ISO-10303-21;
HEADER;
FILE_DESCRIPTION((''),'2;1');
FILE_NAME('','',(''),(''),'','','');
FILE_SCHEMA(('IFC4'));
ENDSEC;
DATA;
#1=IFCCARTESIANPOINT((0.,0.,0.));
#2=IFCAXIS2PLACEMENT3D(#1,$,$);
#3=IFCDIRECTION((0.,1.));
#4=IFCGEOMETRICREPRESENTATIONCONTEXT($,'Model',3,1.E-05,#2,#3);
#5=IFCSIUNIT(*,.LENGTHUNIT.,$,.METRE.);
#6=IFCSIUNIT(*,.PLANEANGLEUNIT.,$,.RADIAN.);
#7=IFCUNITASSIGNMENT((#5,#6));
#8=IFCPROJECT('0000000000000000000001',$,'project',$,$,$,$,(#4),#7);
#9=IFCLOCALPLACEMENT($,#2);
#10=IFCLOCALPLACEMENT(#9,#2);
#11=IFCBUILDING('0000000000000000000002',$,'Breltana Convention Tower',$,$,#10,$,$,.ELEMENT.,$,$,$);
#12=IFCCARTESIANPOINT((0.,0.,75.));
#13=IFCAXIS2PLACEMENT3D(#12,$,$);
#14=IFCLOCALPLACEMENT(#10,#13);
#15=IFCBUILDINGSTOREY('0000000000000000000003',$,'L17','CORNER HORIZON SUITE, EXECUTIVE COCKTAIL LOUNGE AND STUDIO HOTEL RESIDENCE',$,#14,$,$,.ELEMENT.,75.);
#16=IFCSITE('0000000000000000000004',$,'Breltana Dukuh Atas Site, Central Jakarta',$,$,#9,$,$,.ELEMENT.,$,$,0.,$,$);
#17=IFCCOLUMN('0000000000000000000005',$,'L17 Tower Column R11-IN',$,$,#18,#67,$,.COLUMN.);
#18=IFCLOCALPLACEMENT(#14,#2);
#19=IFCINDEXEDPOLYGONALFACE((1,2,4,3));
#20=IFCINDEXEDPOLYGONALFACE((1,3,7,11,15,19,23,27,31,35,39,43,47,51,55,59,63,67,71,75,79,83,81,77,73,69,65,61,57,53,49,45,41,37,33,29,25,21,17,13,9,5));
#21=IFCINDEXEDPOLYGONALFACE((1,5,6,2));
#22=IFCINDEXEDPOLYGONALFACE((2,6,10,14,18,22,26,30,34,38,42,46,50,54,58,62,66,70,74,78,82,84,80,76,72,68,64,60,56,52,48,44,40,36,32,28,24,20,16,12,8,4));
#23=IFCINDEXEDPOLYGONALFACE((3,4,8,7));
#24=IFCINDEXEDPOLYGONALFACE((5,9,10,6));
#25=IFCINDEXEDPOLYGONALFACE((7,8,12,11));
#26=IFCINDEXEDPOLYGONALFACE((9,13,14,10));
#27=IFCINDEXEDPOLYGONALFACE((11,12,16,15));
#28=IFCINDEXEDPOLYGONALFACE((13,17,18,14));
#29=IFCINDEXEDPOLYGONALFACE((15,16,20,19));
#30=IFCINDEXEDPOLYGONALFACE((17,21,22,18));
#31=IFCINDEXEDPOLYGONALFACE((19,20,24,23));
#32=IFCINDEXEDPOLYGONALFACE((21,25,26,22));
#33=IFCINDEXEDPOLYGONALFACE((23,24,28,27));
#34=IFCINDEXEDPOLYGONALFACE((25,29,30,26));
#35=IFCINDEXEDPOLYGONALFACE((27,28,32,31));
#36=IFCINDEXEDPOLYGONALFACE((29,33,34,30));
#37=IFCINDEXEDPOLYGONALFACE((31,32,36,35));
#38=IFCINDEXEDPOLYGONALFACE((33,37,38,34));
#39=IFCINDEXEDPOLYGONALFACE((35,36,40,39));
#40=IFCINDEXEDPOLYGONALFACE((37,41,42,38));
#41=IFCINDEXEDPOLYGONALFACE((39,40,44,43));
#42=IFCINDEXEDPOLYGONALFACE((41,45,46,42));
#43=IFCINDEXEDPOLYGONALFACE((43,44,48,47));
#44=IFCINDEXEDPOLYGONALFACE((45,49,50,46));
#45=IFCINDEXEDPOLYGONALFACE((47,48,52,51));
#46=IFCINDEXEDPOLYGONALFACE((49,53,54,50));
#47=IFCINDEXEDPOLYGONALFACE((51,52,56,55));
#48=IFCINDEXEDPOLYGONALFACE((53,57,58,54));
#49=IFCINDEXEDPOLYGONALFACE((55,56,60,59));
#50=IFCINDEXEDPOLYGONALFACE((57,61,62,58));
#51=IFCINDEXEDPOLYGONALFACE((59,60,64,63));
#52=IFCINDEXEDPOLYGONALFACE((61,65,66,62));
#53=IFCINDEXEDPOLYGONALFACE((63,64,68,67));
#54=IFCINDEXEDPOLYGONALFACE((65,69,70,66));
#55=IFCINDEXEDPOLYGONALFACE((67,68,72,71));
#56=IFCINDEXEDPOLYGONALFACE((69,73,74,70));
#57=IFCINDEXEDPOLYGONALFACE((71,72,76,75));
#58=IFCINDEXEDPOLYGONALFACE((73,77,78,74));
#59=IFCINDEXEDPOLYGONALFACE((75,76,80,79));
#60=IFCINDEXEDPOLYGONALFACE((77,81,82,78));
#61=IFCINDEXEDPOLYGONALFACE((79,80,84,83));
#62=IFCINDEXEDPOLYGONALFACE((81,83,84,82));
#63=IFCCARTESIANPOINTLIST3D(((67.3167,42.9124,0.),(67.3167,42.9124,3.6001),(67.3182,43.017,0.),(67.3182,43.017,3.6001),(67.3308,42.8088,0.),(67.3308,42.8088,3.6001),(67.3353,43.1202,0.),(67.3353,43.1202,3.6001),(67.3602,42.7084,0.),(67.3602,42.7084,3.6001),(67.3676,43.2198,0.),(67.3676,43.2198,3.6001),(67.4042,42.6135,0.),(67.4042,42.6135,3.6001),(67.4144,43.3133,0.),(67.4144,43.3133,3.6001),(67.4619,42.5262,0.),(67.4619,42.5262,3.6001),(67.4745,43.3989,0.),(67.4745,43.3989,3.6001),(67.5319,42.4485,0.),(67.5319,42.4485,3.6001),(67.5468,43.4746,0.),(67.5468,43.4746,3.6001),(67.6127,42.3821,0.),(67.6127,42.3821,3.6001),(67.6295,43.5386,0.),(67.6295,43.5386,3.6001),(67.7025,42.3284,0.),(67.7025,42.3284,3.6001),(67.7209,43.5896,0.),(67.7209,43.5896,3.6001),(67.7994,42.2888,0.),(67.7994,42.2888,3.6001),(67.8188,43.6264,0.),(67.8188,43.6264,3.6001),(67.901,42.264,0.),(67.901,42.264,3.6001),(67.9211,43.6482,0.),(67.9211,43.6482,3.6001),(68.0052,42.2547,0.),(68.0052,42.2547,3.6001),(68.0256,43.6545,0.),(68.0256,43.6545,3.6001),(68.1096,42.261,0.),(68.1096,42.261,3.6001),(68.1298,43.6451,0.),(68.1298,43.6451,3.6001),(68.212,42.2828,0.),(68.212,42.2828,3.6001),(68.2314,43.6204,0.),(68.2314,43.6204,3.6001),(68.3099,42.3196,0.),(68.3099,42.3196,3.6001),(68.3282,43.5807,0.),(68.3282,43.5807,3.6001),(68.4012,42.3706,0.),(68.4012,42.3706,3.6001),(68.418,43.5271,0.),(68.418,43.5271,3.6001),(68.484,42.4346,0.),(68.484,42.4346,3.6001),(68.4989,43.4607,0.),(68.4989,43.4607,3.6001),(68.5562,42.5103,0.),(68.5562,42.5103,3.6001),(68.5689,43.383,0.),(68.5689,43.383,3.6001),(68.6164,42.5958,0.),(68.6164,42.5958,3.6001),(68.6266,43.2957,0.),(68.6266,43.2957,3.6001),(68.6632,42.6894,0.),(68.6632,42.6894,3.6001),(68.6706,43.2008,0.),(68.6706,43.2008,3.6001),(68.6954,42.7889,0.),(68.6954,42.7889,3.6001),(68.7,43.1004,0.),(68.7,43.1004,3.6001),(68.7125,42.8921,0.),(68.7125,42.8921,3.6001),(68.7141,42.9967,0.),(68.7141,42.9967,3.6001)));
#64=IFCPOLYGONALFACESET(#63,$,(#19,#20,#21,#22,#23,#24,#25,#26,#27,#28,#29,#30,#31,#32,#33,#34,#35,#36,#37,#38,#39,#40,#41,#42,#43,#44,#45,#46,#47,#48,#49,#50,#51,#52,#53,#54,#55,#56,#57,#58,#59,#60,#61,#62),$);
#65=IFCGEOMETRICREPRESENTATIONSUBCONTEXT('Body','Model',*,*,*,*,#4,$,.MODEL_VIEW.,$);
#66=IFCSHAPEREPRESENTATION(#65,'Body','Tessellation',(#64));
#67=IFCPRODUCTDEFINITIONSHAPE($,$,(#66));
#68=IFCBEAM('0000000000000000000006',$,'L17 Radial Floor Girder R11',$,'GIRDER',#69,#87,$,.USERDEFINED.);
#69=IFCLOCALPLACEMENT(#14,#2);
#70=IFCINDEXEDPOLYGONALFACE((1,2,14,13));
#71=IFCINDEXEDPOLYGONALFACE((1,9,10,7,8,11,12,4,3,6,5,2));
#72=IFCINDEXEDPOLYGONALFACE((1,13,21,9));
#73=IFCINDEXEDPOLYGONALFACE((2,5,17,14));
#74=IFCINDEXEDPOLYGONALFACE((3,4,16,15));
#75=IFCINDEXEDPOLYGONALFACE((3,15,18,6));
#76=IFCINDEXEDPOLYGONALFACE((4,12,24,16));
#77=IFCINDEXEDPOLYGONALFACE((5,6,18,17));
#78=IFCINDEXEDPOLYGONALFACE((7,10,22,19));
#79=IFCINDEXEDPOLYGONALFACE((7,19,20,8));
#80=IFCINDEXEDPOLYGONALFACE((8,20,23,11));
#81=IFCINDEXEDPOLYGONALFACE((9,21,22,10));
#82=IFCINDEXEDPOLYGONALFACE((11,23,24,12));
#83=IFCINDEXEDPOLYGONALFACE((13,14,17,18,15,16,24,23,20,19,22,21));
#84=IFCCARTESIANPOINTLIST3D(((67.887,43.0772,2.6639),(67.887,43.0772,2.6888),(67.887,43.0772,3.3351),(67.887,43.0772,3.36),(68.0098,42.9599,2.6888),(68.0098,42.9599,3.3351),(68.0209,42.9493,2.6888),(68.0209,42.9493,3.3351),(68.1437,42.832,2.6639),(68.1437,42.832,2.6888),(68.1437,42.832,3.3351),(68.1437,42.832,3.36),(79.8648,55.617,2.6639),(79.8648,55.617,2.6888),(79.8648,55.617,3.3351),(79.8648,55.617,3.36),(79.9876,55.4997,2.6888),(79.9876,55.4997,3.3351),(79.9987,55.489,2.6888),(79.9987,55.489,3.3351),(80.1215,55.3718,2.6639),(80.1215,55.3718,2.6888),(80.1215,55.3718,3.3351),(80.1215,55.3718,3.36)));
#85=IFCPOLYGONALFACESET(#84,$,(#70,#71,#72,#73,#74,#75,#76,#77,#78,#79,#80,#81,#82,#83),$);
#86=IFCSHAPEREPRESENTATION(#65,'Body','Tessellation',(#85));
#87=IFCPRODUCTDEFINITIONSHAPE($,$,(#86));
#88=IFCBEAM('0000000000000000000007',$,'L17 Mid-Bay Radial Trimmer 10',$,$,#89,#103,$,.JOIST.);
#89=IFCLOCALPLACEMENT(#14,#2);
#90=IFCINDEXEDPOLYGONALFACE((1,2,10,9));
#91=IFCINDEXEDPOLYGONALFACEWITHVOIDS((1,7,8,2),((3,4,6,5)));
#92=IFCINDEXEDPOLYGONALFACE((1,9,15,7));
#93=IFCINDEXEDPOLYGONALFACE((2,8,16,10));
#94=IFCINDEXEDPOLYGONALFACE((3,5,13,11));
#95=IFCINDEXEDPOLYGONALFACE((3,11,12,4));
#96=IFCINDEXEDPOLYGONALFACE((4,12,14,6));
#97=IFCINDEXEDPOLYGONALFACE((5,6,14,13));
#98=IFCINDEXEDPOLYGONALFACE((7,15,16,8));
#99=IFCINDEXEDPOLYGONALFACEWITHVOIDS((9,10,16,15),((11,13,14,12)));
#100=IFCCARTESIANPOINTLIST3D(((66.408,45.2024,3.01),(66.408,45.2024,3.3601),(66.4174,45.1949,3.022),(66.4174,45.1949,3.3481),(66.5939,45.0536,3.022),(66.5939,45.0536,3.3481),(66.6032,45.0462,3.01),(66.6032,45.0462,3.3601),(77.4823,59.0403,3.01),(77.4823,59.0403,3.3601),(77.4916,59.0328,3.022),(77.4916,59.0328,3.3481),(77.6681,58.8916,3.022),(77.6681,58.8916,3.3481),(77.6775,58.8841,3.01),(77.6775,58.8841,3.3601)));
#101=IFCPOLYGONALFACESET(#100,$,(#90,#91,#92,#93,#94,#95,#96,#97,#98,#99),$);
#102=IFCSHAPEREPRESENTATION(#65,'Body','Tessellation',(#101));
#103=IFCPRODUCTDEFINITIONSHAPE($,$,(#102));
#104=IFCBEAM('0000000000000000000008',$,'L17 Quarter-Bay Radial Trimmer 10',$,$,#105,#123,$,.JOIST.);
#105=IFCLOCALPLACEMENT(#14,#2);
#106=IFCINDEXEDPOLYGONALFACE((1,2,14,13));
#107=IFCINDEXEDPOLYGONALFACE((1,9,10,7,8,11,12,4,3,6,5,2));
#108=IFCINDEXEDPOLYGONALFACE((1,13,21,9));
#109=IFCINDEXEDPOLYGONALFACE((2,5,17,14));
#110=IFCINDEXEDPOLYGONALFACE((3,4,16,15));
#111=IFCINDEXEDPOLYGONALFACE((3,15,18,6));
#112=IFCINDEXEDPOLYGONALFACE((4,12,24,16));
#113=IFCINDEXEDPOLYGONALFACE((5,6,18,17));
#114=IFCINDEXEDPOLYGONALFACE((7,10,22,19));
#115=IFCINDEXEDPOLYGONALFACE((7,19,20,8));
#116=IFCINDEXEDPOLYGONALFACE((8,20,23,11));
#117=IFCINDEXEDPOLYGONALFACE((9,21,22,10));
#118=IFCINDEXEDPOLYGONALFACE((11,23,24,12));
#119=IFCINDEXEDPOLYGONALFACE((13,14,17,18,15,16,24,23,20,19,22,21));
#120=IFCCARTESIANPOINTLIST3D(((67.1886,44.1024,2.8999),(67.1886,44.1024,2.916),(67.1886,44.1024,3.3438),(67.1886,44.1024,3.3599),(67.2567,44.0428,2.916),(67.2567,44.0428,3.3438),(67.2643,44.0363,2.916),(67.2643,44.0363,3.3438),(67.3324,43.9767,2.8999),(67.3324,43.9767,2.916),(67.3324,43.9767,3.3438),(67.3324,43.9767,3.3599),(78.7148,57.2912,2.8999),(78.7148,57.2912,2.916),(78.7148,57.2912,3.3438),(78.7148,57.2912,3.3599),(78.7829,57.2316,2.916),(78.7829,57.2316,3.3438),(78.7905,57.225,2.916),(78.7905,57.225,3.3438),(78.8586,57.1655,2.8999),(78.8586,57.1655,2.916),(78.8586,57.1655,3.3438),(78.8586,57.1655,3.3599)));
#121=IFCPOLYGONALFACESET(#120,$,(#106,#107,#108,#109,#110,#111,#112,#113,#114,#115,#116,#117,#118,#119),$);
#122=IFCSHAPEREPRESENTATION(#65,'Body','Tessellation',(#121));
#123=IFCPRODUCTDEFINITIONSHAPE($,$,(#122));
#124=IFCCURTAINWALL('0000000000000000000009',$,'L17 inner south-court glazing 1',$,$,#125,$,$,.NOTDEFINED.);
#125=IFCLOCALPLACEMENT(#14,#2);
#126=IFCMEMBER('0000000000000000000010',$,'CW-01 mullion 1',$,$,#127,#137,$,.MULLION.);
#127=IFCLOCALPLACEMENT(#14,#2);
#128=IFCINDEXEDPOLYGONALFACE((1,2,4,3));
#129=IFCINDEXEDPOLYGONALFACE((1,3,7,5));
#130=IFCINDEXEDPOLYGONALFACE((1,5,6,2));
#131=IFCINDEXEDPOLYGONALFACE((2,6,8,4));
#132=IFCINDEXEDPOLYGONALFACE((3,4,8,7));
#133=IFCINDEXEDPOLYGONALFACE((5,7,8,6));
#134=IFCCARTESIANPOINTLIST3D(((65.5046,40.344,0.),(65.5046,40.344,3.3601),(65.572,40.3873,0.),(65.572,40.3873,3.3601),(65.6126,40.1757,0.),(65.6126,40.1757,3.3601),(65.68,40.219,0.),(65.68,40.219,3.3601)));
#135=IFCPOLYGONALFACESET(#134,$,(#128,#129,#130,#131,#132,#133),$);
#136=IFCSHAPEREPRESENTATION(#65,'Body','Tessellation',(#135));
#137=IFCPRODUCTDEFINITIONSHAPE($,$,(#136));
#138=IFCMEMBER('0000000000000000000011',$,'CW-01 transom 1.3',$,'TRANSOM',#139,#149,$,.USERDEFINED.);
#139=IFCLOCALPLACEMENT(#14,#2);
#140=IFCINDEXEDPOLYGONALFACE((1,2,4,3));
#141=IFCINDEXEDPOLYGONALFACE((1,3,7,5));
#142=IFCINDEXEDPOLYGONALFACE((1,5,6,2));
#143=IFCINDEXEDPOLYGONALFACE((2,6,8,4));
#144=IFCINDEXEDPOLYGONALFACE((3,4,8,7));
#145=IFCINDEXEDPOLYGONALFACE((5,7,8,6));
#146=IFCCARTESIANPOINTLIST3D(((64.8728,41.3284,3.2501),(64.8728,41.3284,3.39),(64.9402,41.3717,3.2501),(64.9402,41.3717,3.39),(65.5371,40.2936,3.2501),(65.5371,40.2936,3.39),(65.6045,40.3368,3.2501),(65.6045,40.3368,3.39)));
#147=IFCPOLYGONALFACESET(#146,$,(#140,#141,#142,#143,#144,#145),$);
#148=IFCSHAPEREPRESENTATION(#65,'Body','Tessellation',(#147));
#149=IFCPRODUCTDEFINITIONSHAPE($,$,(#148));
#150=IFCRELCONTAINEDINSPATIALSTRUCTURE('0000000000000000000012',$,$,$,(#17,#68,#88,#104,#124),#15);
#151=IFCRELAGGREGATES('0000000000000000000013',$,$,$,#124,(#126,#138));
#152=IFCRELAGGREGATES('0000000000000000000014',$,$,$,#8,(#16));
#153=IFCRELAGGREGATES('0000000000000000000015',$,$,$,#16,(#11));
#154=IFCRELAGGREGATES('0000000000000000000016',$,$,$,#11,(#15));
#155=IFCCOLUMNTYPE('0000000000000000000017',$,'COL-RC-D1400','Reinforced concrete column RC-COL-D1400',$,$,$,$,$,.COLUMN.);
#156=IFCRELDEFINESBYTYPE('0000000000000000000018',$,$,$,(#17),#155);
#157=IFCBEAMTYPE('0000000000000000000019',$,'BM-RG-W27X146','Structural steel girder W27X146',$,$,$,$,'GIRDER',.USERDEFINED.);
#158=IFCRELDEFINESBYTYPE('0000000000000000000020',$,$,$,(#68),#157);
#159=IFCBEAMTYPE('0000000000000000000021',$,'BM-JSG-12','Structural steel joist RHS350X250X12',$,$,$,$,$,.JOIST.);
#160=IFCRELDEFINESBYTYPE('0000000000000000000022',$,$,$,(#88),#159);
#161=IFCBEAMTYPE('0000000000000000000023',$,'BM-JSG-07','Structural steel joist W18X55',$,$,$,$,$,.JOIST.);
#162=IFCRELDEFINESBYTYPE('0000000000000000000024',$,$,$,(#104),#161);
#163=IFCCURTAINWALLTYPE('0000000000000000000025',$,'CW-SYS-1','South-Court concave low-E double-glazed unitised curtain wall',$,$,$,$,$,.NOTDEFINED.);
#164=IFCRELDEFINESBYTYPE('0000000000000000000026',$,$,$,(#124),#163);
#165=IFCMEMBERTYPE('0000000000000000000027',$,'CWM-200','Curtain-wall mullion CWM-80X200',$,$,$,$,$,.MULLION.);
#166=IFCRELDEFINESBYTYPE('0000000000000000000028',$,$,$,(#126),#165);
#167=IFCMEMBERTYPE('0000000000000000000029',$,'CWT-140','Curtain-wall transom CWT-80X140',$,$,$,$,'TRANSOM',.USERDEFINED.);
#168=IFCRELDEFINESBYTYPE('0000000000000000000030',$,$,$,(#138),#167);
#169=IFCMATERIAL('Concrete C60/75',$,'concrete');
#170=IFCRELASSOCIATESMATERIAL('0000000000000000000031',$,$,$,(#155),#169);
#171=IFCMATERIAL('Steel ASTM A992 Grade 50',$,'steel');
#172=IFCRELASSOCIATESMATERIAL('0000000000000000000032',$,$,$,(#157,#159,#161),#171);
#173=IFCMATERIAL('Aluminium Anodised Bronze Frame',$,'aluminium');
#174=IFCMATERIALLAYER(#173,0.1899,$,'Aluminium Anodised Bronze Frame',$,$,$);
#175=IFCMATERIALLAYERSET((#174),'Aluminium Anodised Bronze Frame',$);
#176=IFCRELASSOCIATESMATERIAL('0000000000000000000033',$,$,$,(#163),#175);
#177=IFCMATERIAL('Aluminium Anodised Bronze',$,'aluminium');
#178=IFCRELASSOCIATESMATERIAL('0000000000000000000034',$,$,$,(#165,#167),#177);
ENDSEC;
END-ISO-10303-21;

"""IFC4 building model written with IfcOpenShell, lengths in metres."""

from ifc_helpers import new_model, si_unit, direction, frame, origin, origin_2d, place, context, subcontext, project, spatial, rectangle, hollow_rectangle, circle, i_section, extrude, source, transform, mapped, material, layer, layer_set, material_profile, profile_set, type_object, type_shapes, element, aggregate, save


model = new_model("IFC4")

# Units and contexts
model_context = context("Model", 3, precision=1e-05, world=origin(), true_north=direction((0.0, 1.0)))
body_context = subcontext(model_context, "Body", "Model", "MODEL_VIEW")
ifc_project = project(units=[si_unit("LENGTHUNIT", "METRE"), si_unit("PLANEANGLEUNIT", "RADIAN")], contexts=[model_context])

# Site, building, storey
site_placement = place(None, origin())
site = spatial("IfcSite", under=ifc_project, at=site_placement, Name="Breltana Dukuh Atas Site, Central Jakarta", CompositionType="ELEMENT", RefElevation=0.0)
building_placement = place(site_placement, origin())
building = spatial("IfcBuilding", under=site, at=building_placement, Name="Breltana Convention Tower", CompositionType="ELEMENT")
storey_placement = place(building_placement, frame((0.0, 0.0, 75.0)))
storey = spatial("IfcBuildingStorey", under=building, at=storey_placement, Name="L17", Description="CORNER HORIZON SUITE, EXECUTIVE COCKTAIL LOUNGE AND STUDIO HOTEL RESIDENCE", CompositionType="ELEMENT", Elevation=75.0)

# Column
ifc_material_1 = material(Name="Concrete C60/75", Category="concrete")
ifc_material_profile_1 = material_profile(ifc_material_1, circle(Radius=0.7, at=origin_2d()), Name="RC-COL-D1400")
ifc_profile_set_1 = profile_set([ifc_material_profile_1], Name="Concrete C60/75")
column_type = type_object("IfcColumnType", Name="COL-RC-D1400", Description="Reinforced concrete column RC-COL-D1400", PredefinedType="COLUMN", material=ifc_profile_set_1)
shared_shape_1 = source(origin(), body_context, "Body", "SweptSolid", [
    extrude(circle(Radius=0.7, at=origin_2d()), origin(), (0.0, 0.0, 1.0), 3.6001),
])
column_placement = place(storey_placement, frame((68.0154, 42.9546, 0.0), z_axis=(0.0, 0.0, 1.0), x_axis=(0.690756, 0.723088, 0.0)))
element("IfcColumn", 1, at=column_placement, inside=storey, type_object=column_type, Name="L17 Tower Column R11-IN", PredefinedType="COLUMN", context=body_context, shape_type="MappedRepresentation", body=[
    mapped(shared_shape_1, transform((0.0, 0.0, 0.0), scale=1.0)),
])

# Beams
ifc_material_2 = material(Name="Steel ASTM A992 Grade 50", Category="steel")
ifc_material_profile_2 = material_profile(ifc_material_2, i_section(OverallWidth=0.355, OverallDepth=0.696, WebThickness=0.0154, FlangeThickness=0.0249, at=origin_2d()), Name="W27X146")
ifc_profile_set_2 = profile_set([ifc_material_profile_2], Name="Steel ASTM A992 Grade 50")
beam_type_1 = type_object("IfcBeamType", Name="BM-RG-W27X146", Description="Structural steel girder W27X146", ElementType="GIRDER", PredefinedType="USERDEFINED", material=ifc_profile_set_2)
shared_shape_2 = source(origin(), body_context, "Body", "SweptSolid", [
    extrude(i_section(OverallWidth=0.355, OverallDepth=0.696, WebThickness=0.0154, FlangeThickness=0.0249, at=origin_2d()), origin(), (0.0, 0.0, 1.0), 17.3411),
])
type_shapes(beam_type_1, [shared_shape_2])
beam_1_placement = place(storey_placement, frame((68.0154, 42.9546, 3.012), z_axis=(0.690716, 0.723126, 0.0), x_axis=(-0.723126, 0.690716, 0.0)))
element("IfcBeam", 2, at=beam_1_placement, inside=storey, type_object=beam_type_1, Name="L17 Radial Floor Girder R11", ObjectType="GIRDER", PredefinedType="USERDEFINED", context=body_context, shape_type="MappedRepresentation", body=[
    mapped(shared_shape_2, transform((0.0, 0.0, 0.0), scale=1.0)),
])
ifc_material_profile_3 = material_profile(ifc_material_2, hollow_rectangle(XDim=0.25, YDim=0.3501, WallThickness=0.012, at=origin_2d()), Name="RHS350X250X12")
ifc_profile_set_3 = profile_set([ifc_material_profile_3], Name="Steel ASTM A992 Grade 50")
beam_type_2 = type_object("IfcBeamType", Name="BM-JSG-12", Description="Structural steel joist RHS350X250X12", PredefinedType="JOIST", material=ifc_profile_set_3)
shared_shape_3 = source(origin(), body_context, "Body", "SweptSolid", [
    extrude(hollow_rectangle(XDim=0.25, YDim=0.3501, WallThickness=0.012, at=origin_2d()), origin(), (0.0, 0.0, 1.0), 17.7236),
])
beam_2_placement = place(storey_placement, frame((66.5056, 45.1243, 3.1851), z_axis=(0.624829, 0.780761, 0.0), x_axis=(-0.780761, 0.624829, 0.0)))
element("IfcBeam", 3, at=beam_2_placement, inside=storey, type_object=beam_type_2, Name="L17 Mid-Bay Radial Trimmer 10", PredefinedType="JOIST", context=body_context, shape_type="MappedRepresentation", body=[
    mapped(shared_shape_3, transform((0.0, 0.0, 0.0), scale=1.0)),
])
ifc_material_profile_4 = material_profile(ifc_material_2, i_section(OverallWidth=0.1909, OverallDepth=0.46, WebThickness=0.01, FlangeThickness=0.0161, at=origin_2d()), Name="W18X55")
ifc_profile_set_4 = profile_set([ifc_material_profile_4], Name="Steel ASTM A992 Grade 50")
beam_type_3 = type_object("IfcBeamType", Name="BM-JSG-07", Description="Structural steel joist W18X55", PredefinedType="JOIST", material=ifc_profile_set_4)
shared_shape_4 = source(origin(), body_context, "Body", "SweptSolid", [
    extrude(i_section(OverallWidth=0.1909, OverallDepth=0.46, WebThickness=0.01, FlangeThickness=0.0161, at=origin_2d()), origin(), (0.0, 0.0, 1.0), 17.5156),
])
beam_3_placement = place(storey_placement, frame((67.2605, 44.0396, 3.1299), z_axis=(0.658052, 0.752973, 0.0), x_axis=(-0.752973, 0.658052, 0.0)))
element("IfcBeam", 4, at=beam_3_placement, inside=storey, type_object=beam_type_3, Name="L17 Quarter-Bay Radial Trimmer 10", PredefinedType="JOIST", context=body_context, shape_type="MappedRepresentation", body=[
    mapped(shared_shape_4, transform((0.0, 0.0, 0.0), scale=1.0)),
])

# Curtain wall, members
ifc_material_3 = material(Name="Aluminium Anodised Bronze Frame", Category="aluminium")
ifc_layer_1 = layer(ifc_material_3, 0.1899, Name="Aluminium Anodised Bronze Frame")
ifc_layer_set_1 = layer_set([ifc_layer_1], Name="Aluminium Anodised Bronze Frame")
curtain_wall_type = type_object("IfcCurtainWallType", Name="CW-SYS-1", Description="South-Court concave low-E double-glazed unitised curtain wall", PredefinedType="NOTDEFINED", material=ifc_layer_set_1)
curtain_wall_placement = place(storey_placement, origin())
curtain_wall = element("IfcCurtainWall", 5, at=curtain_wall_placement, inside=storey, type_object=curtain_wall_type, Name="L17 inner south-court glazing 1", PredefinedType="NOTDEFINED")
ifc_material_4 = material(Name="Aluminium Anodised Bronze", Category="aluminium")
ifc_material_profile_5 = material_profile(ifc_material_4, rectangle(XDim=0.0801, YDim=0.2, at=origin_2d()), Name="CWM-80X200")
ifc_profile_set_5 = profile_set([ifc_material_profile_5], Name="Aluminium Anodised Bronze")
member_type_1 = type_object("IfcMemberType", Name="CWM-200", Description="Curtain-wall mullion CWM-80X200", PredefinedType="MULLION", material=ifc_profile_set_5)
shared_shape_5 = source(origin(), body_context, "Body", "SweptSolid", [
    extrude(rectangle(XDim=0.0801, YDim=0.2, at=origin_2d()), origin(), (0.0, 0.0, 1.0), 3.3601),
])
member_1_placement = place(storey_placement, frame((65.5923, 40.2815, 0.0), z_axis=(0.0, 0.0, 1.0), x_axis=(-0.841556, -0.54017, 0.0)))
member_1 = element("IfcMember", 6, at=member_1_placement, type_object=member_type_1, Name="CW-01 mullion 1", PredefinedType="MULLION", context=body_context, shape_type="MappedRepresentation", body=[
    mapped(shared_shape_5, transform((0.0, 0.0, 0.0), scale=1.0)),
])
ifc_material_profile_6 = material_profile(ifc_material_4, rectangle(XDim=0.0801, YDim=0.1399, at=origin_2d()), Name="CWT-80X140")
ifc_profile_set_6 = profile_set([ifc_material_profile_6], Name="Aluminium Anodised Bronze")
member_type_2 = type_object("IfcMemberType", Name="CWT-140", Description="Curtain-wall transom CWT-80X140", ElementType="TRANSOM", PredefinedType="USERDEFINED", material=ifc_profile_set_6)
shared_shape_6 = source(origin(), body_context, "Body", "SweptSolid", [
    extrude(rectangle(XDim=0.0801, YDim=0.1399, at=origin_2d()), origin(), (0.0, 0.0, 1.0), 1.2297),
])
member_2_placement = place(storey_placement, frame((65.5708, 40.3152, 3.3201), z_axis=(-0.540186, 0.841546, 0.0), x_axis=(-0.841546, -0.540186, 0.0)))
member_2 = element("IfcMember", 7, at=member_2_placement, type_object=member_type_2, Name="CW-01 transom 1.3", ObjectType="TRANSOM", PredefinedType="USERDEFINED", context=body_context, shape_type="MappedRepresentation", body=[
    mapped(shared_shape_6, transform((0.0, 0.0, 0.0), scale=1.0)),
])
aggregate(curtain_wall, [member_1, member_2])

save(model, "model.ifc")
